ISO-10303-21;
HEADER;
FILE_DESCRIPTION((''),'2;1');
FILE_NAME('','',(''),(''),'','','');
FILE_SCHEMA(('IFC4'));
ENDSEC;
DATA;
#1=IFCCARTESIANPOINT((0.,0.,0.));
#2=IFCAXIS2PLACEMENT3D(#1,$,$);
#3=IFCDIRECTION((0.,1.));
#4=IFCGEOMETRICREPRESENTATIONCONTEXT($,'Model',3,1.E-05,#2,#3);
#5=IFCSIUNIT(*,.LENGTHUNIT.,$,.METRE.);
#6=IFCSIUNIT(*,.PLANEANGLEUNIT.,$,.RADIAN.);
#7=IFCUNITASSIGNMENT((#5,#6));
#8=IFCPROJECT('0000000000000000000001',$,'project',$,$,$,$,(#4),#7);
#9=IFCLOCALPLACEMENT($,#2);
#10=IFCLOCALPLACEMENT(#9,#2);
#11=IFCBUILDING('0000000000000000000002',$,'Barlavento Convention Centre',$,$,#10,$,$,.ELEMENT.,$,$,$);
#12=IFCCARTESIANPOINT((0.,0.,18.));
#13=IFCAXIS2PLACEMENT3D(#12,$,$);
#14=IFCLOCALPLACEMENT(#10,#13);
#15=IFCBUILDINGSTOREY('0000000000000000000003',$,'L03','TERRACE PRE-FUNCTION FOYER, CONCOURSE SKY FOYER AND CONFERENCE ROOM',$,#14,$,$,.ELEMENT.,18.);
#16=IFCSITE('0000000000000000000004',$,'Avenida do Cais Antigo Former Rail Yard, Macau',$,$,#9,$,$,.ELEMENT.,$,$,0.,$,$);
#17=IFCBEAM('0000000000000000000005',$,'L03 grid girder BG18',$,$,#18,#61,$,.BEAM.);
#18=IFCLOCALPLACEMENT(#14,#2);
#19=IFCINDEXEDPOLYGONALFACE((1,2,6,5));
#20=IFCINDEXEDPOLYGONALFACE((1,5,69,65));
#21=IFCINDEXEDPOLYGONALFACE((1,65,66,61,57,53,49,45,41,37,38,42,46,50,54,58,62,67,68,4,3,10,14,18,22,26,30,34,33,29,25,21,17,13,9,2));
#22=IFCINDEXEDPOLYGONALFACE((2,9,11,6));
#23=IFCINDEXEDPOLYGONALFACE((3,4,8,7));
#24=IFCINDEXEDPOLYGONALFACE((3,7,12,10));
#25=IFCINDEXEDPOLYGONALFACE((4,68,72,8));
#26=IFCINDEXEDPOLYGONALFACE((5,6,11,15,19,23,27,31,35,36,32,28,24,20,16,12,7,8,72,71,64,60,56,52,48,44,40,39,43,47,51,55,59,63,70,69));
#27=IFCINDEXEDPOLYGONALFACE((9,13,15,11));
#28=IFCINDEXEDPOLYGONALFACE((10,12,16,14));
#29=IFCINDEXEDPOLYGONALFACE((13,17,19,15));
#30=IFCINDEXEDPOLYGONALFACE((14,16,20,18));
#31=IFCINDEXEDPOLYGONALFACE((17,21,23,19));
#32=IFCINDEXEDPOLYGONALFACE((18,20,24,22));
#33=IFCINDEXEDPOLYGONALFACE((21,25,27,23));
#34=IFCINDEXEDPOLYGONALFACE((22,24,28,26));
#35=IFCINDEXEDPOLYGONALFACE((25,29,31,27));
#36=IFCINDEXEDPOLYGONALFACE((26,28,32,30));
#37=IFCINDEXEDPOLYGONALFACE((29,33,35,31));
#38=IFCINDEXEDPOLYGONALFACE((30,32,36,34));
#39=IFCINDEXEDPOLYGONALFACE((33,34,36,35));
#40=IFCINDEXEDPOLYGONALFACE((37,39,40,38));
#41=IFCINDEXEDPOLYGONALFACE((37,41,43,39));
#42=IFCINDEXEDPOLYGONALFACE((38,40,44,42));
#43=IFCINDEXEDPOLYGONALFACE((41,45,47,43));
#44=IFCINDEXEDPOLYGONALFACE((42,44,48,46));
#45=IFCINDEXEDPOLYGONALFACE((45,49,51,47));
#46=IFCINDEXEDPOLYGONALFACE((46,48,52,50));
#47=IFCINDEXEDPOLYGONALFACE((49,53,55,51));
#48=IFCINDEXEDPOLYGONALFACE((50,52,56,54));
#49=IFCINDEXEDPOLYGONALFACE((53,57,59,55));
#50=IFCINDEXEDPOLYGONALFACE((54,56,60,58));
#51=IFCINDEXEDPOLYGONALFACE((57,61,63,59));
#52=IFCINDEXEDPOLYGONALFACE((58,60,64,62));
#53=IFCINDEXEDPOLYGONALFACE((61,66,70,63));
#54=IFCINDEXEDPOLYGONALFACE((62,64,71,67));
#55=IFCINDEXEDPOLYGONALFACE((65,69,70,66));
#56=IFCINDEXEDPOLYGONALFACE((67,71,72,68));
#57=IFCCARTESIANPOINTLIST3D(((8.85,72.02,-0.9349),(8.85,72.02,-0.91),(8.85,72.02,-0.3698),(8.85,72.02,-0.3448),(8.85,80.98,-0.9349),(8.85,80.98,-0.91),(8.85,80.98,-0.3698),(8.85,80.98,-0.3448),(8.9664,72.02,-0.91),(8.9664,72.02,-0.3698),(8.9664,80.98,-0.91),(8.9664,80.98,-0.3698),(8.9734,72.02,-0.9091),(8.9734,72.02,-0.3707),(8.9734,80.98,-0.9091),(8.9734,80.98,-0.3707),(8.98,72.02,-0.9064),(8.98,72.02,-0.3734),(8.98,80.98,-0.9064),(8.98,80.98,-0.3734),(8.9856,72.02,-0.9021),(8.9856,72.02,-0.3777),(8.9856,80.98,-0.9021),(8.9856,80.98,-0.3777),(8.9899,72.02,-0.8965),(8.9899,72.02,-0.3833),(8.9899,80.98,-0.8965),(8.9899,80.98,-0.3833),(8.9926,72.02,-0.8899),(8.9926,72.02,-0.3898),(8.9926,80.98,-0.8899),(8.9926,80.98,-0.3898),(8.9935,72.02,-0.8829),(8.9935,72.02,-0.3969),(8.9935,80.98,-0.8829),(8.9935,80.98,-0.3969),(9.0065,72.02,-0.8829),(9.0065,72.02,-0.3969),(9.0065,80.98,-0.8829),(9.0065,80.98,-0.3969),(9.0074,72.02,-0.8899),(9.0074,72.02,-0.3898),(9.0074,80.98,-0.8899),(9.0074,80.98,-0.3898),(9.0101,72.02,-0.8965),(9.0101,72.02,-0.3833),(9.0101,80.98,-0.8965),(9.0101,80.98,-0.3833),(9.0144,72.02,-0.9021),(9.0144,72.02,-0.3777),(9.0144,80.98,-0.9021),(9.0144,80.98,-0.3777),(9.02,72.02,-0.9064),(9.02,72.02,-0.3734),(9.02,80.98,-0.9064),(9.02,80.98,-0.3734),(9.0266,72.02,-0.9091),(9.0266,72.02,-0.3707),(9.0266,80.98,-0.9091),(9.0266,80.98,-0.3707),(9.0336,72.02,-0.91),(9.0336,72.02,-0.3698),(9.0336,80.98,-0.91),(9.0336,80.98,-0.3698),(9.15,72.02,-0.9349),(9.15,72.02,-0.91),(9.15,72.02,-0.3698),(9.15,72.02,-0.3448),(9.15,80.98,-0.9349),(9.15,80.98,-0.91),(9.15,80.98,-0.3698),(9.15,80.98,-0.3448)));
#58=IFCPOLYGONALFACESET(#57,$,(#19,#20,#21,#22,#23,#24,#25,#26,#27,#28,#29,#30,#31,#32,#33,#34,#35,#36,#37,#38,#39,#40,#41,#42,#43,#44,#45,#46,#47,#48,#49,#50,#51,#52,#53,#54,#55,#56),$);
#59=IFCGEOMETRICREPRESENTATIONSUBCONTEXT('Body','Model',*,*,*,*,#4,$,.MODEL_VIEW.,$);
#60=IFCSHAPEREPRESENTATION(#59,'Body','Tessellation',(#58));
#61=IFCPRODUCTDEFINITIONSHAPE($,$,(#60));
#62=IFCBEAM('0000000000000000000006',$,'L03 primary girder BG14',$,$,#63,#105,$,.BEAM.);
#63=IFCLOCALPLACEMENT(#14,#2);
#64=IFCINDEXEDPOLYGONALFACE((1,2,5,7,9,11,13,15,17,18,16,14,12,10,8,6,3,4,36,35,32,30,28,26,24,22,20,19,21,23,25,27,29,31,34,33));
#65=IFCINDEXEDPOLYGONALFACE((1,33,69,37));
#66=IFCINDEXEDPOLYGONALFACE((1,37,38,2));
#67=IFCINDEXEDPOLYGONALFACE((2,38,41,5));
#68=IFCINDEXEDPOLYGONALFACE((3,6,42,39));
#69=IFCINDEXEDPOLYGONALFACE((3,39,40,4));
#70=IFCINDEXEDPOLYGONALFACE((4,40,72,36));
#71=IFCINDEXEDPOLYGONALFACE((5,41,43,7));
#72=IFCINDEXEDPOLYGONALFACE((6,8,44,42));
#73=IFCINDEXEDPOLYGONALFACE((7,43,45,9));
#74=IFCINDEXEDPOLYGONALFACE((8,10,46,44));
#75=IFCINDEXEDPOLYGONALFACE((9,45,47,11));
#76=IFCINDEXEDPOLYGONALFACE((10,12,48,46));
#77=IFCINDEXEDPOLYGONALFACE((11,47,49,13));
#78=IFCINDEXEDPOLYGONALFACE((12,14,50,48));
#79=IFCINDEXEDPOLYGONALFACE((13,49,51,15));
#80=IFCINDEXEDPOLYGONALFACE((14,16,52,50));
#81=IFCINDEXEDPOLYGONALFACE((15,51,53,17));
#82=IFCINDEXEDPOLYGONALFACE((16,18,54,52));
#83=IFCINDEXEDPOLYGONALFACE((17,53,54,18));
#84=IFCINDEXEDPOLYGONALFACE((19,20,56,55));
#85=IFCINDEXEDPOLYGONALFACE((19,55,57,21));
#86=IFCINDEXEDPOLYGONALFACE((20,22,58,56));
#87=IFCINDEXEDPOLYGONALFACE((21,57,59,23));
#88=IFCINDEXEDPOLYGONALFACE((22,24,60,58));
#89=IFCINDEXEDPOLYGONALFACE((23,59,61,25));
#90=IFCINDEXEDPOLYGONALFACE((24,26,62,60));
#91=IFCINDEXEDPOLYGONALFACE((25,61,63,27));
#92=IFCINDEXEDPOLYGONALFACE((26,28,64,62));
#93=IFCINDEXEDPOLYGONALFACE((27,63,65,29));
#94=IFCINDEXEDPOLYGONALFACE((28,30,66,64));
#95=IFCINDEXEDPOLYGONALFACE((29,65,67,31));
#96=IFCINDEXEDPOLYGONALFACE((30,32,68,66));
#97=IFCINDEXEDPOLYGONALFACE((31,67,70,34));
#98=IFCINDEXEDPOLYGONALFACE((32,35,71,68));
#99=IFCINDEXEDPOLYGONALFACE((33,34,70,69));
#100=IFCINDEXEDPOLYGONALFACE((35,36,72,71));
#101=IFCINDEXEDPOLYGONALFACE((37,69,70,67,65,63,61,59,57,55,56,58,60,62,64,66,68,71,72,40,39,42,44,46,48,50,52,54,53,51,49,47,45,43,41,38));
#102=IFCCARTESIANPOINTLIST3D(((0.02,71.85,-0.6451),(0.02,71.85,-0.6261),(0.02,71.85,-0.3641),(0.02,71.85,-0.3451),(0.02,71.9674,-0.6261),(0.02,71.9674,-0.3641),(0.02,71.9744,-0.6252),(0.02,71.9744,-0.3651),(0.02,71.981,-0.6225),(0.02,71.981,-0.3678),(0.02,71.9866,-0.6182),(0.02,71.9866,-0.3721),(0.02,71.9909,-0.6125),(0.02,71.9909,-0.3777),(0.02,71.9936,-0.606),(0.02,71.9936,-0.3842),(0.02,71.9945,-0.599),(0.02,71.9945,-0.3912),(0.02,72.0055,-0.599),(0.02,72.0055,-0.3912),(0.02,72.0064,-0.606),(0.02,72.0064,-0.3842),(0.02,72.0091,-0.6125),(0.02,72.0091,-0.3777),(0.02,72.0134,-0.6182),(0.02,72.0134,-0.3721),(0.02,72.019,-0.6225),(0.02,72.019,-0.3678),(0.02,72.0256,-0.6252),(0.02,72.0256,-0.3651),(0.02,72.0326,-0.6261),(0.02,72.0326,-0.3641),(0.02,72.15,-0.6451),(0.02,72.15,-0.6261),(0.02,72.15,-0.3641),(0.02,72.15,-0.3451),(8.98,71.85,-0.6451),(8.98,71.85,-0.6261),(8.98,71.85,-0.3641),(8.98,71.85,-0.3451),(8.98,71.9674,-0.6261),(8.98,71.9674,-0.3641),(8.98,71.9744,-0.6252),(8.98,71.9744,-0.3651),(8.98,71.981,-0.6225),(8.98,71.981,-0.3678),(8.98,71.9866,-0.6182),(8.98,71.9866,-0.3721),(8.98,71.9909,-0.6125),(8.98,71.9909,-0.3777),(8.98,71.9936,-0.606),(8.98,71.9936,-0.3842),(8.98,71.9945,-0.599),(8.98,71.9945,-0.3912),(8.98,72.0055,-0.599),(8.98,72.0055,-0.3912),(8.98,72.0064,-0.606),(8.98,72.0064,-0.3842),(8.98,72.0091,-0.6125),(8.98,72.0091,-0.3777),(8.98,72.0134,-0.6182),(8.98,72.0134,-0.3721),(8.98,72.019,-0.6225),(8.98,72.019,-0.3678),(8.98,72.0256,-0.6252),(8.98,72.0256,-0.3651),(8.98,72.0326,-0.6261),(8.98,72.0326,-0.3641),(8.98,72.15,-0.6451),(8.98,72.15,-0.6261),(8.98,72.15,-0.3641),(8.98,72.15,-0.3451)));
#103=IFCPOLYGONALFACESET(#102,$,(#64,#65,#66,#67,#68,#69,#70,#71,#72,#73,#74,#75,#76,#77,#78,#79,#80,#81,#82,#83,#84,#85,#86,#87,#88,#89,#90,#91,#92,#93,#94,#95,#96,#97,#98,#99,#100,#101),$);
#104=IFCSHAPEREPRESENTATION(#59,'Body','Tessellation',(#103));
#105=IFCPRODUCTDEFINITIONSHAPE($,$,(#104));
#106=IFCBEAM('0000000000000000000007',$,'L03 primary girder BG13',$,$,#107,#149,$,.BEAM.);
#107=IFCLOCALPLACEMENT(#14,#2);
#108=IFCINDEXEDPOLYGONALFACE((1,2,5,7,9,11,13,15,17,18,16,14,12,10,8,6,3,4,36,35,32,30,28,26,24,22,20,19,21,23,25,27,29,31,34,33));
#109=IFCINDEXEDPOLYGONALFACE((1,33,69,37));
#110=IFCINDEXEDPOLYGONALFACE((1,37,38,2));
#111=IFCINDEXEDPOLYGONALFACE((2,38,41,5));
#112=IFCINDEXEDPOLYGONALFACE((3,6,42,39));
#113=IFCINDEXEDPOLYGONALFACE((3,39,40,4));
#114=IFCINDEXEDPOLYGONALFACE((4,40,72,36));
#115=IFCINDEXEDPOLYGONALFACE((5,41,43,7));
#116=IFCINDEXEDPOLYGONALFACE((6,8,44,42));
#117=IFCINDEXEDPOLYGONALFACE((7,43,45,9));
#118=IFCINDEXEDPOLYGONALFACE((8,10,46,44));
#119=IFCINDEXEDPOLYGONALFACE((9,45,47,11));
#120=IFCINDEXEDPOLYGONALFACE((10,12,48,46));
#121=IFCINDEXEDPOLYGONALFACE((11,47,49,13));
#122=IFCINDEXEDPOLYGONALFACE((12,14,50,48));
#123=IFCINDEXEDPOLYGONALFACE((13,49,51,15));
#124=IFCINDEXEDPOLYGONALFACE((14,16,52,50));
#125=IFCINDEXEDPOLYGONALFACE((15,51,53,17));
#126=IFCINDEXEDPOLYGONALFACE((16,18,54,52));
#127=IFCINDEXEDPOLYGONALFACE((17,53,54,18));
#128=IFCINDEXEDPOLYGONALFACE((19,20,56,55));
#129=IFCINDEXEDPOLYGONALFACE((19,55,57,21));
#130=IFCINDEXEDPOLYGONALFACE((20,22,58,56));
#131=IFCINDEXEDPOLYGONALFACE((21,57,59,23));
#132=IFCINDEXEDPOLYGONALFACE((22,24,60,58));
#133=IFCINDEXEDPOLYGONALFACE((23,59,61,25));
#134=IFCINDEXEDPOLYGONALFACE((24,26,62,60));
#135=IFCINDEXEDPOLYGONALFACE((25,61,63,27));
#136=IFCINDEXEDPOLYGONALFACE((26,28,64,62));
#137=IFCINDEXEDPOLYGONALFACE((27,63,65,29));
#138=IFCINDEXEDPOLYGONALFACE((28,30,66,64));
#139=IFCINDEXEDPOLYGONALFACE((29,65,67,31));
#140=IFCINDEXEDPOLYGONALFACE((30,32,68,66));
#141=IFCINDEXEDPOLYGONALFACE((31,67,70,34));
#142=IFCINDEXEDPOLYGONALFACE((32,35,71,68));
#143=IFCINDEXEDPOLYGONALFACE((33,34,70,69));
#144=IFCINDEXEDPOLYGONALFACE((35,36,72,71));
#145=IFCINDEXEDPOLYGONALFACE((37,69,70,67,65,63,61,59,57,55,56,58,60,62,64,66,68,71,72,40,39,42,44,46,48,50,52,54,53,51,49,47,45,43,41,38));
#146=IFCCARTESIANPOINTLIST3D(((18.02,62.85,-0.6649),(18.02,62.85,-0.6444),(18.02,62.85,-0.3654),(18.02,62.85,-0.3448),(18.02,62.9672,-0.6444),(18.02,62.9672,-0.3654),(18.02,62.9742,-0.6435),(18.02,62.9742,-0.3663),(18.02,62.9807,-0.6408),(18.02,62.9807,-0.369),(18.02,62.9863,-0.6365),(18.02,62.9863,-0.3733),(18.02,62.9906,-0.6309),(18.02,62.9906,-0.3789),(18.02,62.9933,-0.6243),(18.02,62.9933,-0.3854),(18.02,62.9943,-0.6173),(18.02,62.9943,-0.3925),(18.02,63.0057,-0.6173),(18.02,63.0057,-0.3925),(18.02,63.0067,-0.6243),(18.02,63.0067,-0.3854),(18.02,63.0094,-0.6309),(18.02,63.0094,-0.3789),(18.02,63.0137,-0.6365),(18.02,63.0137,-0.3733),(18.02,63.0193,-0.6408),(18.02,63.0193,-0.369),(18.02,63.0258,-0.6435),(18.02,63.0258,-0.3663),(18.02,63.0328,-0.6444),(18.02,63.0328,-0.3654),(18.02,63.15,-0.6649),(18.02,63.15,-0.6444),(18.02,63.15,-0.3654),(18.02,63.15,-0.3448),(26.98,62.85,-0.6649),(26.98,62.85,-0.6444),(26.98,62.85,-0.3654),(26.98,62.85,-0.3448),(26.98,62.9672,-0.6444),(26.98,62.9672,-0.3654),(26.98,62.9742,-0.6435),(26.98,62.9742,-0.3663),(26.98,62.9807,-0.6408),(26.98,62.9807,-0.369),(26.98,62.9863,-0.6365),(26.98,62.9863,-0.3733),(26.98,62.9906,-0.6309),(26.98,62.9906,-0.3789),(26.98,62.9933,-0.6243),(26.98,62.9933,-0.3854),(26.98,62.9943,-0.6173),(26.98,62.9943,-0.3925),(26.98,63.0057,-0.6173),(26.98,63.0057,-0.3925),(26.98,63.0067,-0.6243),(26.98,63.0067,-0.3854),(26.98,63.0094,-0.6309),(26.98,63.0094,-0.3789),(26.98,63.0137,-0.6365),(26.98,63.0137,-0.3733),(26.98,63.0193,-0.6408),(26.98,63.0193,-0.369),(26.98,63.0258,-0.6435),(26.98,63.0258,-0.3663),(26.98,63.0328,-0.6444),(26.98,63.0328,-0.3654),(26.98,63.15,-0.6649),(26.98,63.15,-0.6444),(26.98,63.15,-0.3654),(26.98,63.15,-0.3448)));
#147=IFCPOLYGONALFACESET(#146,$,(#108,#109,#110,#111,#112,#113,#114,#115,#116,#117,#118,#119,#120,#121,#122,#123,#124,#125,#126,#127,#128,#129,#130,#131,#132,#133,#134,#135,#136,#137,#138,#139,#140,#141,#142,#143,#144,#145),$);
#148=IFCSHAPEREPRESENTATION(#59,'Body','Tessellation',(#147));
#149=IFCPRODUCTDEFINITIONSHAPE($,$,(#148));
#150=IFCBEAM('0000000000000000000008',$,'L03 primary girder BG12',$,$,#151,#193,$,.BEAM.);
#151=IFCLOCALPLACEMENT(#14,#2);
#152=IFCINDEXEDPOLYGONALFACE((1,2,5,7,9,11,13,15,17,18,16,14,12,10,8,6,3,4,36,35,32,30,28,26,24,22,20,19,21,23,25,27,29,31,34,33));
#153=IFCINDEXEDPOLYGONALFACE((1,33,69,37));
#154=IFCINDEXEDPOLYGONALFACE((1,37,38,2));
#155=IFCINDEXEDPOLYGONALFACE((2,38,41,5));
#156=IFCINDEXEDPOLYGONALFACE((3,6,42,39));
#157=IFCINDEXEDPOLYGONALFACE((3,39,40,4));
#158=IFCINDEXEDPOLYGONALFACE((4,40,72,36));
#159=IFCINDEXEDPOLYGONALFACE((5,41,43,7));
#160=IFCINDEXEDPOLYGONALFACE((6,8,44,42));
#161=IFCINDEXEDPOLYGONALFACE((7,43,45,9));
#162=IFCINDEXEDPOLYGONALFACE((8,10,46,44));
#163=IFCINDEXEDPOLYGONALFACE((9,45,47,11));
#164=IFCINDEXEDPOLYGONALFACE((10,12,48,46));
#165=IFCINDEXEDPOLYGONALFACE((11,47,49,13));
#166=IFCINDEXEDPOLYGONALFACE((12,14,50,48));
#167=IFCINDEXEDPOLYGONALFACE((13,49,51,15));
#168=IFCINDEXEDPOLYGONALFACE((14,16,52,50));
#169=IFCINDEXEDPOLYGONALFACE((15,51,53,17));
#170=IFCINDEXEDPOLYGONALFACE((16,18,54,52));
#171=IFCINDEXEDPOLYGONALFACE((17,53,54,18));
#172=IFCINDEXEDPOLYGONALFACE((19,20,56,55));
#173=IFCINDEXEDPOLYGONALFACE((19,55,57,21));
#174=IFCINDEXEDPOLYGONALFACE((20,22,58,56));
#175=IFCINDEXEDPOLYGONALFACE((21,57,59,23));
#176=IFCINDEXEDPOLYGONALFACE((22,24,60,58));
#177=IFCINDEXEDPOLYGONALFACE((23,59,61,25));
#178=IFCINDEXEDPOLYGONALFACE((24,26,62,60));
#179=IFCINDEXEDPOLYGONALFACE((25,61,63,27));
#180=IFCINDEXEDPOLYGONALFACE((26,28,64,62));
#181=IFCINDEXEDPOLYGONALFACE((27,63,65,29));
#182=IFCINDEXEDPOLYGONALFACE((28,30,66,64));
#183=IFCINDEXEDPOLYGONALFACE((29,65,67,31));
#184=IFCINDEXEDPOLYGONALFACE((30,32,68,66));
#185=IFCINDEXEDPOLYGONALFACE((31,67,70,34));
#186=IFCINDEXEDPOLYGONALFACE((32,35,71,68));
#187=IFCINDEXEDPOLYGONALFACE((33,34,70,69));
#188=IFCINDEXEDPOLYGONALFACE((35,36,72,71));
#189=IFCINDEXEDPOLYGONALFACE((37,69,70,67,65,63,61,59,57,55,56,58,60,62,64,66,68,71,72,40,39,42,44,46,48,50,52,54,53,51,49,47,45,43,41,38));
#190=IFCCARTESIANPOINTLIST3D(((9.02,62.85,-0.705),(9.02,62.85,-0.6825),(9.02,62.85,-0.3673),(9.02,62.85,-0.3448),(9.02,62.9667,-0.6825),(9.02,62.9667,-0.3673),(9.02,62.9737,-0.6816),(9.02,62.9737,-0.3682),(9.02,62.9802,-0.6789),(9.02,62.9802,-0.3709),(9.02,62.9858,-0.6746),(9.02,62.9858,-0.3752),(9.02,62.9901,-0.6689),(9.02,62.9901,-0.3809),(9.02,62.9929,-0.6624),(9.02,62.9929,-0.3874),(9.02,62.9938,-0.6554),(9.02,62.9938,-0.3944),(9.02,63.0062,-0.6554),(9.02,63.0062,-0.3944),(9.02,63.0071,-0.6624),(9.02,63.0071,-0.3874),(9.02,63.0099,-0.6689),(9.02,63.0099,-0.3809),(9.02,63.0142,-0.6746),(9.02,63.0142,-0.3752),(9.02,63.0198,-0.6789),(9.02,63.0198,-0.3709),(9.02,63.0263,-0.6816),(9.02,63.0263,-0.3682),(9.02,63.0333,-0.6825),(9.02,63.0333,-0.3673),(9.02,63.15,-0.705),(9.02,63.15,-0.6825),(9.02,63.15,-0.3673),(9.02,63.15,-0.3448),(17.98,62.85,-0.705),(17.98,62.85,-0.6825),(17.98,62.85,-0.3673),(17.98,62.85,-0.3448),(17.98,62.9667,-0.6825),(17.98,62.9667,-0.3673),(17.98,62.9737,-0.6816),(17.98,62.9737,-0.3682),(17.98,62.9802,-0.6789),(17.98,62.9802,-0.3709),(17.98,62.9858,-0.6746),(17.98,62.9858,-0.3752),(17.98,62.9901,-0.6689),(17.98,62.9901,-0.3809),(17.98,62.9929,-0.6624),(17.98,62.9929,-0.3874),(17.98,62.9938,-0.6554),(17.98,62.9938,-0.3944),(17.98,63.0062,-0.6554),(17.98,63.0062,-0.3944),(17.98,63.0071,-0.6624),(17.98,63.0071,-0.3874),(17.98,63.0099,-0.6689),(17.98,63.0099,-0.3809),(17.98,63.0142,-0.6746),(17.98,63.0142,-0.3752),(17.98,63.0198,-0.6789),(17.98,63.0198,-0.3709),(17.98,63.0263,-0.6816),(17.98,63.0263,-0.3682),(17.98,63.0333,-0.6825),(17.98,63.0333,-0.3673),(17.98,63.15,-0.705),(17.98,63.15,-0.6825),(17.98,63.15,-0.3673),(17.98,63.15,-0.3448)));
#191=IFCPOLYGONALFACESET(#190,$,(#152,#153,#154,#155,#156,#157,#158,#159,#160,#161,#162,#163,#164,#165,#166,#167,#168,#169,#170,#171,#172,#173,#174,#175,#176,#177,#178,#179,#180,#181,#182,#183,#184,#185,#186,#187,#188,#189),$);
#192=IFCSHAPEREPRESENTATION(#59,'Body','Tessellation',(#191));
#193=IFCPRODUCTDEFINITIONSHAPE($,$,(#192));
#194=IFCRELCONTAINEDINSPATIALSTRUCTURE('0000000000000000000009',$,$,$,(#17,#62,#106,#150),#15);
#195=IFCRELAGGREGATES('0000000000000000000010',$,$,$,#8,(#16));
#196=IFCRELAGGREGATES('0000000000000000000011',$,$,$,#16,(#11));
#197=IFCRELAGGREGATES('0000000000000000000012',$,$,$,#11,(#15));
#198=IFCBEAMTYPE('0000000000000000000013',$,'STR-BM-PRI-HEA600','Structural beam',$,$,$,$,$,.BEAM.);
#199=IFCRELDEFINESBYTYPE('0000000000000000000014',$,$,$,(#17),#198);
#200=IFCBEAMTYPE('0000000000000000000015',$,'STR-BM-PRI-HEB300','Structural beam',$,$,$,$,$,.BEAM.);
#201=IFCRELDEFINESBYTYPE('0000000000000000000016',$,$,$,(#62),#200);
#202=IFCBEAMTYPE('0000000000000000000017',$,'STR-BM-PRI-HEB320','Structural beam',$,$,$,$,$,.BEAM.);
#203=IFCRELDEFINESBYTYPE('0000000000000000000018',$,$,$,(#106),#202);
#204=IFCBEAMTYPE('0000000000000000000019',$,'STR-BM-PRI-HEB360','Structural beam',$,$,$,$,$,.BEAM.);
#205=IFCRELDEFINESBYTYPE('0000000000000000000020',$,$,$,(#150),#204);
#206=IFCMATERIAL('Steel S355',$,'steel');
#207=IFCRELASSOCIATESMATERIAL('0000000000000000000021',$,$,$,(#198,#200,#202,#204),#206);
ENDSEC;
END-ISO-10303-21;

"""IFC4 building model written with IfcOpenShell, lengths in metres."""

from ifc_helpers import new_model, si_unit, direction, frame, origin, origin_2d, place, context, subcontext, project, spatial, i_section, extrude, material, material_profile, profile_set, type_object, element, save


model = new_model("IFC4")

# Units and contexts
model_context = context("Model", 3, precision=1e-05, world=origin(), true_north=direction((0.0, 1.0)))
body_context = subcontext(model_context, "Body", "Model", "MODEL_VIEW")
ifc_project = project(units=[si_unit("LENGTHUNIT", "METRE"), si_unit("PLANEANGLEUNIT", "RADIAN")], contexts=[model_context])

# Site, building, storey
site_placement = place(None, origin())
site = spatial("IfcSite", under=ifc_project, at=site_placement, Name="Avenida do Cais Antigo Former Rail Yard, Macau", CompositionType="ELEMENT", RefElevation=0.0)
building_placement = place(site_placement, origin())
building = spatial("IfcBuilding", under=site, at=building_placement, Name="Barlavento Convention Centre", CompositionType="ELEMENT")
storey_placement = place(building_placement, frame((0.0, 0.0, 18.0)))
storey = spatial("IfcBuildingStorey", under=building, at=storey_placement, Name="L03", Description="TERRACE PRE-FUNCTION FOYER, CONCOURSE SKY FOYER AND CONFERENCE ROOM", CompositionType="ELEMENT", Elevation=18.0)

# Beams
ifc_material_1 = material(Name="Steel S355", Category="steel")
ifc_material_profile_1 = material_profile(ifc_material_1, i_section(OverallWidth=0.3, OverallDepth=0.5901, WebThickness=0.0129, FlangeThickness=0.0249, FilletRadius=0.0271, at=origin_2d()), Name="HEA 600")
ifc_profile_set_1 = profile_set([ifc_material_profile_1], Name="Steel S355")
beam_type_1 = type_object("IfcBeamType", Name="STR-BM-PRI-HEA600", Description="Structural beam", PredefinedType="BEAM", material=ifc_profile_set_1)
beam_1_placement = place(storey_placement, frame((9.0, 72.02, -0.6399), z_axis=(0.0, 1.0, 0.0), x_axis=(-1.0, 0.0, 0.0)))
element("IfcBeam", 1, at=beam_1_placement, inside=storey, type_object=beam_type_1, Name="L03 grid girder BG18", PredefinedType="BEAM", context=body_context, shape_type="SweptSolid", body=[
    extrude(i_section(OverallWidth=0.3, OverallDepth=0.5901, WebThickness=0.0129, FlangeThickness=0.0249, FilletRadius=0.0271, at=origin_2d()), origin(), (0.0, 0.0, 1.0), 8.96),
])
ifc_material_profile_2 = material_profile(ifc_material_1, i_section(OverallWidth=0.3, OverallDepth=0.3, WebThickness=0.011, FlangeThickness=0.019, FilletRadius=0.0271, at=origin_2d()), Name="HEB 300")
ifc_profile_set_2 = profile_set([ifc_material_profile_2], Name="Steel S355")
beam_type_2 = type_object("IfcBeamType", Name="STR-BM-PRI-HEB300", Description="Structural beam", PredefinedType="BEAM", material=ifc_profile_set_2)
beam_2_placement = place(storey_placement, frame((0.02, 72.0, -0.4951), z_axis=(1.0, 0.0, 0.0), x_axis=(0.0, 1.0, 0.0)))
element("IfcBeam", 2, at=beam_2_placement, inside=storey, type_object=beam_type_2, Name="L03 primary girder BG14", PredefinedType="BEAM", context=body_context, shape_type="SweptSolid", body=[
    extrude(i_section(OverallWidth=0.3, OverallDepth=0.3, WebThickness=0.011, FlangeThickness=0.019, FilletRadius=0.0271, at=origin_2d()), origin(), (0.0, 0.0, 1.0), 8.96),
])
ifc_material_profile_3 = material_profile(ifc_material_1, i_section(OverallWidth=0.3, OverallDepth=0.3201, WebThickness=0.0115, FlangeThickness=0.0205, FilletRadius=0.0271, at=origin_2d()), Name="HEB 320")
ifc_profile_set_3 = profile_set([ifc_material_profile_3], Name="Steel S355")
beam_type_3 = type_object("IfcBeamType", Name="STR-BM-PRI-HEB320", Description="Structural beam", PredefinedType="BEAM", material=ifc_profile_set_3)
beam_3_placement = place(storey_placement, frame((18.02, 63.0, -0.5049), z_axis=(1.0, 0.0, 0.0), x_axis=(0.0, 1.0, 0.0)))
element("IfcBeam", 3, at=beam_3_placement, inside=storey, type_object=beam_type_3, Name="L03 primary girder BG13", PredefinedType="BEAM", context=body_context, shape_type="SweptSolid", body=[
    extrude(i_section(OverallWidth=0.3, OverallDepth=0.3201, WebThickness=0.0115, FlangeThickness=0.0205, FilletRadius=0.0271, at=origin_2d()), origin(), (0.0, 0.0, 1.0), 8.96),
])
ifc_material_profile_4 = material_profile(ifc_material_1, i_section(OverallWidth=0.3, OverallDepth=0.3601, WebThickness=0.0125, FlangeThickness=0.0225, FilletRadius=0.0271, at=origin_2d()), Name="HEB 360")
ifc_profile_set_4 = profile_set([ifc_material_profile_4], Name="Steel S355")
beam_type_4 = type_object("IfcBeamType", Name="STR-BM-PRI-HEB360", Description="Structural beam", PredefinedType="BEAM", material=ifc_profile_set_4)
beam_4_placement = place(storey_placement, frame((9.02, 63.0, -0.5249), z_axis=(1.0, 0.0, 0.0), x_axis=(0.0, 1.0, 0.0)))
element("IfcBeam", 4, at=beam_4_placement, inside=storey, type_object=beam_type_4, Name="L03 primary girder BG12", PredefinedType="BEAM", context=body_context, shape_type="SweptSolid", body=[
    extrude(i_section(OverallWidth=0.3, OverallDepth=0.3601, WebThickness=0.0125, FlangeThickness=0.0225, FilletRadius=0.0271, at=origin_2d()), origin(), (0.0, 0.0, 1.0), 8.96),
])

save(model, "model.ifc")
